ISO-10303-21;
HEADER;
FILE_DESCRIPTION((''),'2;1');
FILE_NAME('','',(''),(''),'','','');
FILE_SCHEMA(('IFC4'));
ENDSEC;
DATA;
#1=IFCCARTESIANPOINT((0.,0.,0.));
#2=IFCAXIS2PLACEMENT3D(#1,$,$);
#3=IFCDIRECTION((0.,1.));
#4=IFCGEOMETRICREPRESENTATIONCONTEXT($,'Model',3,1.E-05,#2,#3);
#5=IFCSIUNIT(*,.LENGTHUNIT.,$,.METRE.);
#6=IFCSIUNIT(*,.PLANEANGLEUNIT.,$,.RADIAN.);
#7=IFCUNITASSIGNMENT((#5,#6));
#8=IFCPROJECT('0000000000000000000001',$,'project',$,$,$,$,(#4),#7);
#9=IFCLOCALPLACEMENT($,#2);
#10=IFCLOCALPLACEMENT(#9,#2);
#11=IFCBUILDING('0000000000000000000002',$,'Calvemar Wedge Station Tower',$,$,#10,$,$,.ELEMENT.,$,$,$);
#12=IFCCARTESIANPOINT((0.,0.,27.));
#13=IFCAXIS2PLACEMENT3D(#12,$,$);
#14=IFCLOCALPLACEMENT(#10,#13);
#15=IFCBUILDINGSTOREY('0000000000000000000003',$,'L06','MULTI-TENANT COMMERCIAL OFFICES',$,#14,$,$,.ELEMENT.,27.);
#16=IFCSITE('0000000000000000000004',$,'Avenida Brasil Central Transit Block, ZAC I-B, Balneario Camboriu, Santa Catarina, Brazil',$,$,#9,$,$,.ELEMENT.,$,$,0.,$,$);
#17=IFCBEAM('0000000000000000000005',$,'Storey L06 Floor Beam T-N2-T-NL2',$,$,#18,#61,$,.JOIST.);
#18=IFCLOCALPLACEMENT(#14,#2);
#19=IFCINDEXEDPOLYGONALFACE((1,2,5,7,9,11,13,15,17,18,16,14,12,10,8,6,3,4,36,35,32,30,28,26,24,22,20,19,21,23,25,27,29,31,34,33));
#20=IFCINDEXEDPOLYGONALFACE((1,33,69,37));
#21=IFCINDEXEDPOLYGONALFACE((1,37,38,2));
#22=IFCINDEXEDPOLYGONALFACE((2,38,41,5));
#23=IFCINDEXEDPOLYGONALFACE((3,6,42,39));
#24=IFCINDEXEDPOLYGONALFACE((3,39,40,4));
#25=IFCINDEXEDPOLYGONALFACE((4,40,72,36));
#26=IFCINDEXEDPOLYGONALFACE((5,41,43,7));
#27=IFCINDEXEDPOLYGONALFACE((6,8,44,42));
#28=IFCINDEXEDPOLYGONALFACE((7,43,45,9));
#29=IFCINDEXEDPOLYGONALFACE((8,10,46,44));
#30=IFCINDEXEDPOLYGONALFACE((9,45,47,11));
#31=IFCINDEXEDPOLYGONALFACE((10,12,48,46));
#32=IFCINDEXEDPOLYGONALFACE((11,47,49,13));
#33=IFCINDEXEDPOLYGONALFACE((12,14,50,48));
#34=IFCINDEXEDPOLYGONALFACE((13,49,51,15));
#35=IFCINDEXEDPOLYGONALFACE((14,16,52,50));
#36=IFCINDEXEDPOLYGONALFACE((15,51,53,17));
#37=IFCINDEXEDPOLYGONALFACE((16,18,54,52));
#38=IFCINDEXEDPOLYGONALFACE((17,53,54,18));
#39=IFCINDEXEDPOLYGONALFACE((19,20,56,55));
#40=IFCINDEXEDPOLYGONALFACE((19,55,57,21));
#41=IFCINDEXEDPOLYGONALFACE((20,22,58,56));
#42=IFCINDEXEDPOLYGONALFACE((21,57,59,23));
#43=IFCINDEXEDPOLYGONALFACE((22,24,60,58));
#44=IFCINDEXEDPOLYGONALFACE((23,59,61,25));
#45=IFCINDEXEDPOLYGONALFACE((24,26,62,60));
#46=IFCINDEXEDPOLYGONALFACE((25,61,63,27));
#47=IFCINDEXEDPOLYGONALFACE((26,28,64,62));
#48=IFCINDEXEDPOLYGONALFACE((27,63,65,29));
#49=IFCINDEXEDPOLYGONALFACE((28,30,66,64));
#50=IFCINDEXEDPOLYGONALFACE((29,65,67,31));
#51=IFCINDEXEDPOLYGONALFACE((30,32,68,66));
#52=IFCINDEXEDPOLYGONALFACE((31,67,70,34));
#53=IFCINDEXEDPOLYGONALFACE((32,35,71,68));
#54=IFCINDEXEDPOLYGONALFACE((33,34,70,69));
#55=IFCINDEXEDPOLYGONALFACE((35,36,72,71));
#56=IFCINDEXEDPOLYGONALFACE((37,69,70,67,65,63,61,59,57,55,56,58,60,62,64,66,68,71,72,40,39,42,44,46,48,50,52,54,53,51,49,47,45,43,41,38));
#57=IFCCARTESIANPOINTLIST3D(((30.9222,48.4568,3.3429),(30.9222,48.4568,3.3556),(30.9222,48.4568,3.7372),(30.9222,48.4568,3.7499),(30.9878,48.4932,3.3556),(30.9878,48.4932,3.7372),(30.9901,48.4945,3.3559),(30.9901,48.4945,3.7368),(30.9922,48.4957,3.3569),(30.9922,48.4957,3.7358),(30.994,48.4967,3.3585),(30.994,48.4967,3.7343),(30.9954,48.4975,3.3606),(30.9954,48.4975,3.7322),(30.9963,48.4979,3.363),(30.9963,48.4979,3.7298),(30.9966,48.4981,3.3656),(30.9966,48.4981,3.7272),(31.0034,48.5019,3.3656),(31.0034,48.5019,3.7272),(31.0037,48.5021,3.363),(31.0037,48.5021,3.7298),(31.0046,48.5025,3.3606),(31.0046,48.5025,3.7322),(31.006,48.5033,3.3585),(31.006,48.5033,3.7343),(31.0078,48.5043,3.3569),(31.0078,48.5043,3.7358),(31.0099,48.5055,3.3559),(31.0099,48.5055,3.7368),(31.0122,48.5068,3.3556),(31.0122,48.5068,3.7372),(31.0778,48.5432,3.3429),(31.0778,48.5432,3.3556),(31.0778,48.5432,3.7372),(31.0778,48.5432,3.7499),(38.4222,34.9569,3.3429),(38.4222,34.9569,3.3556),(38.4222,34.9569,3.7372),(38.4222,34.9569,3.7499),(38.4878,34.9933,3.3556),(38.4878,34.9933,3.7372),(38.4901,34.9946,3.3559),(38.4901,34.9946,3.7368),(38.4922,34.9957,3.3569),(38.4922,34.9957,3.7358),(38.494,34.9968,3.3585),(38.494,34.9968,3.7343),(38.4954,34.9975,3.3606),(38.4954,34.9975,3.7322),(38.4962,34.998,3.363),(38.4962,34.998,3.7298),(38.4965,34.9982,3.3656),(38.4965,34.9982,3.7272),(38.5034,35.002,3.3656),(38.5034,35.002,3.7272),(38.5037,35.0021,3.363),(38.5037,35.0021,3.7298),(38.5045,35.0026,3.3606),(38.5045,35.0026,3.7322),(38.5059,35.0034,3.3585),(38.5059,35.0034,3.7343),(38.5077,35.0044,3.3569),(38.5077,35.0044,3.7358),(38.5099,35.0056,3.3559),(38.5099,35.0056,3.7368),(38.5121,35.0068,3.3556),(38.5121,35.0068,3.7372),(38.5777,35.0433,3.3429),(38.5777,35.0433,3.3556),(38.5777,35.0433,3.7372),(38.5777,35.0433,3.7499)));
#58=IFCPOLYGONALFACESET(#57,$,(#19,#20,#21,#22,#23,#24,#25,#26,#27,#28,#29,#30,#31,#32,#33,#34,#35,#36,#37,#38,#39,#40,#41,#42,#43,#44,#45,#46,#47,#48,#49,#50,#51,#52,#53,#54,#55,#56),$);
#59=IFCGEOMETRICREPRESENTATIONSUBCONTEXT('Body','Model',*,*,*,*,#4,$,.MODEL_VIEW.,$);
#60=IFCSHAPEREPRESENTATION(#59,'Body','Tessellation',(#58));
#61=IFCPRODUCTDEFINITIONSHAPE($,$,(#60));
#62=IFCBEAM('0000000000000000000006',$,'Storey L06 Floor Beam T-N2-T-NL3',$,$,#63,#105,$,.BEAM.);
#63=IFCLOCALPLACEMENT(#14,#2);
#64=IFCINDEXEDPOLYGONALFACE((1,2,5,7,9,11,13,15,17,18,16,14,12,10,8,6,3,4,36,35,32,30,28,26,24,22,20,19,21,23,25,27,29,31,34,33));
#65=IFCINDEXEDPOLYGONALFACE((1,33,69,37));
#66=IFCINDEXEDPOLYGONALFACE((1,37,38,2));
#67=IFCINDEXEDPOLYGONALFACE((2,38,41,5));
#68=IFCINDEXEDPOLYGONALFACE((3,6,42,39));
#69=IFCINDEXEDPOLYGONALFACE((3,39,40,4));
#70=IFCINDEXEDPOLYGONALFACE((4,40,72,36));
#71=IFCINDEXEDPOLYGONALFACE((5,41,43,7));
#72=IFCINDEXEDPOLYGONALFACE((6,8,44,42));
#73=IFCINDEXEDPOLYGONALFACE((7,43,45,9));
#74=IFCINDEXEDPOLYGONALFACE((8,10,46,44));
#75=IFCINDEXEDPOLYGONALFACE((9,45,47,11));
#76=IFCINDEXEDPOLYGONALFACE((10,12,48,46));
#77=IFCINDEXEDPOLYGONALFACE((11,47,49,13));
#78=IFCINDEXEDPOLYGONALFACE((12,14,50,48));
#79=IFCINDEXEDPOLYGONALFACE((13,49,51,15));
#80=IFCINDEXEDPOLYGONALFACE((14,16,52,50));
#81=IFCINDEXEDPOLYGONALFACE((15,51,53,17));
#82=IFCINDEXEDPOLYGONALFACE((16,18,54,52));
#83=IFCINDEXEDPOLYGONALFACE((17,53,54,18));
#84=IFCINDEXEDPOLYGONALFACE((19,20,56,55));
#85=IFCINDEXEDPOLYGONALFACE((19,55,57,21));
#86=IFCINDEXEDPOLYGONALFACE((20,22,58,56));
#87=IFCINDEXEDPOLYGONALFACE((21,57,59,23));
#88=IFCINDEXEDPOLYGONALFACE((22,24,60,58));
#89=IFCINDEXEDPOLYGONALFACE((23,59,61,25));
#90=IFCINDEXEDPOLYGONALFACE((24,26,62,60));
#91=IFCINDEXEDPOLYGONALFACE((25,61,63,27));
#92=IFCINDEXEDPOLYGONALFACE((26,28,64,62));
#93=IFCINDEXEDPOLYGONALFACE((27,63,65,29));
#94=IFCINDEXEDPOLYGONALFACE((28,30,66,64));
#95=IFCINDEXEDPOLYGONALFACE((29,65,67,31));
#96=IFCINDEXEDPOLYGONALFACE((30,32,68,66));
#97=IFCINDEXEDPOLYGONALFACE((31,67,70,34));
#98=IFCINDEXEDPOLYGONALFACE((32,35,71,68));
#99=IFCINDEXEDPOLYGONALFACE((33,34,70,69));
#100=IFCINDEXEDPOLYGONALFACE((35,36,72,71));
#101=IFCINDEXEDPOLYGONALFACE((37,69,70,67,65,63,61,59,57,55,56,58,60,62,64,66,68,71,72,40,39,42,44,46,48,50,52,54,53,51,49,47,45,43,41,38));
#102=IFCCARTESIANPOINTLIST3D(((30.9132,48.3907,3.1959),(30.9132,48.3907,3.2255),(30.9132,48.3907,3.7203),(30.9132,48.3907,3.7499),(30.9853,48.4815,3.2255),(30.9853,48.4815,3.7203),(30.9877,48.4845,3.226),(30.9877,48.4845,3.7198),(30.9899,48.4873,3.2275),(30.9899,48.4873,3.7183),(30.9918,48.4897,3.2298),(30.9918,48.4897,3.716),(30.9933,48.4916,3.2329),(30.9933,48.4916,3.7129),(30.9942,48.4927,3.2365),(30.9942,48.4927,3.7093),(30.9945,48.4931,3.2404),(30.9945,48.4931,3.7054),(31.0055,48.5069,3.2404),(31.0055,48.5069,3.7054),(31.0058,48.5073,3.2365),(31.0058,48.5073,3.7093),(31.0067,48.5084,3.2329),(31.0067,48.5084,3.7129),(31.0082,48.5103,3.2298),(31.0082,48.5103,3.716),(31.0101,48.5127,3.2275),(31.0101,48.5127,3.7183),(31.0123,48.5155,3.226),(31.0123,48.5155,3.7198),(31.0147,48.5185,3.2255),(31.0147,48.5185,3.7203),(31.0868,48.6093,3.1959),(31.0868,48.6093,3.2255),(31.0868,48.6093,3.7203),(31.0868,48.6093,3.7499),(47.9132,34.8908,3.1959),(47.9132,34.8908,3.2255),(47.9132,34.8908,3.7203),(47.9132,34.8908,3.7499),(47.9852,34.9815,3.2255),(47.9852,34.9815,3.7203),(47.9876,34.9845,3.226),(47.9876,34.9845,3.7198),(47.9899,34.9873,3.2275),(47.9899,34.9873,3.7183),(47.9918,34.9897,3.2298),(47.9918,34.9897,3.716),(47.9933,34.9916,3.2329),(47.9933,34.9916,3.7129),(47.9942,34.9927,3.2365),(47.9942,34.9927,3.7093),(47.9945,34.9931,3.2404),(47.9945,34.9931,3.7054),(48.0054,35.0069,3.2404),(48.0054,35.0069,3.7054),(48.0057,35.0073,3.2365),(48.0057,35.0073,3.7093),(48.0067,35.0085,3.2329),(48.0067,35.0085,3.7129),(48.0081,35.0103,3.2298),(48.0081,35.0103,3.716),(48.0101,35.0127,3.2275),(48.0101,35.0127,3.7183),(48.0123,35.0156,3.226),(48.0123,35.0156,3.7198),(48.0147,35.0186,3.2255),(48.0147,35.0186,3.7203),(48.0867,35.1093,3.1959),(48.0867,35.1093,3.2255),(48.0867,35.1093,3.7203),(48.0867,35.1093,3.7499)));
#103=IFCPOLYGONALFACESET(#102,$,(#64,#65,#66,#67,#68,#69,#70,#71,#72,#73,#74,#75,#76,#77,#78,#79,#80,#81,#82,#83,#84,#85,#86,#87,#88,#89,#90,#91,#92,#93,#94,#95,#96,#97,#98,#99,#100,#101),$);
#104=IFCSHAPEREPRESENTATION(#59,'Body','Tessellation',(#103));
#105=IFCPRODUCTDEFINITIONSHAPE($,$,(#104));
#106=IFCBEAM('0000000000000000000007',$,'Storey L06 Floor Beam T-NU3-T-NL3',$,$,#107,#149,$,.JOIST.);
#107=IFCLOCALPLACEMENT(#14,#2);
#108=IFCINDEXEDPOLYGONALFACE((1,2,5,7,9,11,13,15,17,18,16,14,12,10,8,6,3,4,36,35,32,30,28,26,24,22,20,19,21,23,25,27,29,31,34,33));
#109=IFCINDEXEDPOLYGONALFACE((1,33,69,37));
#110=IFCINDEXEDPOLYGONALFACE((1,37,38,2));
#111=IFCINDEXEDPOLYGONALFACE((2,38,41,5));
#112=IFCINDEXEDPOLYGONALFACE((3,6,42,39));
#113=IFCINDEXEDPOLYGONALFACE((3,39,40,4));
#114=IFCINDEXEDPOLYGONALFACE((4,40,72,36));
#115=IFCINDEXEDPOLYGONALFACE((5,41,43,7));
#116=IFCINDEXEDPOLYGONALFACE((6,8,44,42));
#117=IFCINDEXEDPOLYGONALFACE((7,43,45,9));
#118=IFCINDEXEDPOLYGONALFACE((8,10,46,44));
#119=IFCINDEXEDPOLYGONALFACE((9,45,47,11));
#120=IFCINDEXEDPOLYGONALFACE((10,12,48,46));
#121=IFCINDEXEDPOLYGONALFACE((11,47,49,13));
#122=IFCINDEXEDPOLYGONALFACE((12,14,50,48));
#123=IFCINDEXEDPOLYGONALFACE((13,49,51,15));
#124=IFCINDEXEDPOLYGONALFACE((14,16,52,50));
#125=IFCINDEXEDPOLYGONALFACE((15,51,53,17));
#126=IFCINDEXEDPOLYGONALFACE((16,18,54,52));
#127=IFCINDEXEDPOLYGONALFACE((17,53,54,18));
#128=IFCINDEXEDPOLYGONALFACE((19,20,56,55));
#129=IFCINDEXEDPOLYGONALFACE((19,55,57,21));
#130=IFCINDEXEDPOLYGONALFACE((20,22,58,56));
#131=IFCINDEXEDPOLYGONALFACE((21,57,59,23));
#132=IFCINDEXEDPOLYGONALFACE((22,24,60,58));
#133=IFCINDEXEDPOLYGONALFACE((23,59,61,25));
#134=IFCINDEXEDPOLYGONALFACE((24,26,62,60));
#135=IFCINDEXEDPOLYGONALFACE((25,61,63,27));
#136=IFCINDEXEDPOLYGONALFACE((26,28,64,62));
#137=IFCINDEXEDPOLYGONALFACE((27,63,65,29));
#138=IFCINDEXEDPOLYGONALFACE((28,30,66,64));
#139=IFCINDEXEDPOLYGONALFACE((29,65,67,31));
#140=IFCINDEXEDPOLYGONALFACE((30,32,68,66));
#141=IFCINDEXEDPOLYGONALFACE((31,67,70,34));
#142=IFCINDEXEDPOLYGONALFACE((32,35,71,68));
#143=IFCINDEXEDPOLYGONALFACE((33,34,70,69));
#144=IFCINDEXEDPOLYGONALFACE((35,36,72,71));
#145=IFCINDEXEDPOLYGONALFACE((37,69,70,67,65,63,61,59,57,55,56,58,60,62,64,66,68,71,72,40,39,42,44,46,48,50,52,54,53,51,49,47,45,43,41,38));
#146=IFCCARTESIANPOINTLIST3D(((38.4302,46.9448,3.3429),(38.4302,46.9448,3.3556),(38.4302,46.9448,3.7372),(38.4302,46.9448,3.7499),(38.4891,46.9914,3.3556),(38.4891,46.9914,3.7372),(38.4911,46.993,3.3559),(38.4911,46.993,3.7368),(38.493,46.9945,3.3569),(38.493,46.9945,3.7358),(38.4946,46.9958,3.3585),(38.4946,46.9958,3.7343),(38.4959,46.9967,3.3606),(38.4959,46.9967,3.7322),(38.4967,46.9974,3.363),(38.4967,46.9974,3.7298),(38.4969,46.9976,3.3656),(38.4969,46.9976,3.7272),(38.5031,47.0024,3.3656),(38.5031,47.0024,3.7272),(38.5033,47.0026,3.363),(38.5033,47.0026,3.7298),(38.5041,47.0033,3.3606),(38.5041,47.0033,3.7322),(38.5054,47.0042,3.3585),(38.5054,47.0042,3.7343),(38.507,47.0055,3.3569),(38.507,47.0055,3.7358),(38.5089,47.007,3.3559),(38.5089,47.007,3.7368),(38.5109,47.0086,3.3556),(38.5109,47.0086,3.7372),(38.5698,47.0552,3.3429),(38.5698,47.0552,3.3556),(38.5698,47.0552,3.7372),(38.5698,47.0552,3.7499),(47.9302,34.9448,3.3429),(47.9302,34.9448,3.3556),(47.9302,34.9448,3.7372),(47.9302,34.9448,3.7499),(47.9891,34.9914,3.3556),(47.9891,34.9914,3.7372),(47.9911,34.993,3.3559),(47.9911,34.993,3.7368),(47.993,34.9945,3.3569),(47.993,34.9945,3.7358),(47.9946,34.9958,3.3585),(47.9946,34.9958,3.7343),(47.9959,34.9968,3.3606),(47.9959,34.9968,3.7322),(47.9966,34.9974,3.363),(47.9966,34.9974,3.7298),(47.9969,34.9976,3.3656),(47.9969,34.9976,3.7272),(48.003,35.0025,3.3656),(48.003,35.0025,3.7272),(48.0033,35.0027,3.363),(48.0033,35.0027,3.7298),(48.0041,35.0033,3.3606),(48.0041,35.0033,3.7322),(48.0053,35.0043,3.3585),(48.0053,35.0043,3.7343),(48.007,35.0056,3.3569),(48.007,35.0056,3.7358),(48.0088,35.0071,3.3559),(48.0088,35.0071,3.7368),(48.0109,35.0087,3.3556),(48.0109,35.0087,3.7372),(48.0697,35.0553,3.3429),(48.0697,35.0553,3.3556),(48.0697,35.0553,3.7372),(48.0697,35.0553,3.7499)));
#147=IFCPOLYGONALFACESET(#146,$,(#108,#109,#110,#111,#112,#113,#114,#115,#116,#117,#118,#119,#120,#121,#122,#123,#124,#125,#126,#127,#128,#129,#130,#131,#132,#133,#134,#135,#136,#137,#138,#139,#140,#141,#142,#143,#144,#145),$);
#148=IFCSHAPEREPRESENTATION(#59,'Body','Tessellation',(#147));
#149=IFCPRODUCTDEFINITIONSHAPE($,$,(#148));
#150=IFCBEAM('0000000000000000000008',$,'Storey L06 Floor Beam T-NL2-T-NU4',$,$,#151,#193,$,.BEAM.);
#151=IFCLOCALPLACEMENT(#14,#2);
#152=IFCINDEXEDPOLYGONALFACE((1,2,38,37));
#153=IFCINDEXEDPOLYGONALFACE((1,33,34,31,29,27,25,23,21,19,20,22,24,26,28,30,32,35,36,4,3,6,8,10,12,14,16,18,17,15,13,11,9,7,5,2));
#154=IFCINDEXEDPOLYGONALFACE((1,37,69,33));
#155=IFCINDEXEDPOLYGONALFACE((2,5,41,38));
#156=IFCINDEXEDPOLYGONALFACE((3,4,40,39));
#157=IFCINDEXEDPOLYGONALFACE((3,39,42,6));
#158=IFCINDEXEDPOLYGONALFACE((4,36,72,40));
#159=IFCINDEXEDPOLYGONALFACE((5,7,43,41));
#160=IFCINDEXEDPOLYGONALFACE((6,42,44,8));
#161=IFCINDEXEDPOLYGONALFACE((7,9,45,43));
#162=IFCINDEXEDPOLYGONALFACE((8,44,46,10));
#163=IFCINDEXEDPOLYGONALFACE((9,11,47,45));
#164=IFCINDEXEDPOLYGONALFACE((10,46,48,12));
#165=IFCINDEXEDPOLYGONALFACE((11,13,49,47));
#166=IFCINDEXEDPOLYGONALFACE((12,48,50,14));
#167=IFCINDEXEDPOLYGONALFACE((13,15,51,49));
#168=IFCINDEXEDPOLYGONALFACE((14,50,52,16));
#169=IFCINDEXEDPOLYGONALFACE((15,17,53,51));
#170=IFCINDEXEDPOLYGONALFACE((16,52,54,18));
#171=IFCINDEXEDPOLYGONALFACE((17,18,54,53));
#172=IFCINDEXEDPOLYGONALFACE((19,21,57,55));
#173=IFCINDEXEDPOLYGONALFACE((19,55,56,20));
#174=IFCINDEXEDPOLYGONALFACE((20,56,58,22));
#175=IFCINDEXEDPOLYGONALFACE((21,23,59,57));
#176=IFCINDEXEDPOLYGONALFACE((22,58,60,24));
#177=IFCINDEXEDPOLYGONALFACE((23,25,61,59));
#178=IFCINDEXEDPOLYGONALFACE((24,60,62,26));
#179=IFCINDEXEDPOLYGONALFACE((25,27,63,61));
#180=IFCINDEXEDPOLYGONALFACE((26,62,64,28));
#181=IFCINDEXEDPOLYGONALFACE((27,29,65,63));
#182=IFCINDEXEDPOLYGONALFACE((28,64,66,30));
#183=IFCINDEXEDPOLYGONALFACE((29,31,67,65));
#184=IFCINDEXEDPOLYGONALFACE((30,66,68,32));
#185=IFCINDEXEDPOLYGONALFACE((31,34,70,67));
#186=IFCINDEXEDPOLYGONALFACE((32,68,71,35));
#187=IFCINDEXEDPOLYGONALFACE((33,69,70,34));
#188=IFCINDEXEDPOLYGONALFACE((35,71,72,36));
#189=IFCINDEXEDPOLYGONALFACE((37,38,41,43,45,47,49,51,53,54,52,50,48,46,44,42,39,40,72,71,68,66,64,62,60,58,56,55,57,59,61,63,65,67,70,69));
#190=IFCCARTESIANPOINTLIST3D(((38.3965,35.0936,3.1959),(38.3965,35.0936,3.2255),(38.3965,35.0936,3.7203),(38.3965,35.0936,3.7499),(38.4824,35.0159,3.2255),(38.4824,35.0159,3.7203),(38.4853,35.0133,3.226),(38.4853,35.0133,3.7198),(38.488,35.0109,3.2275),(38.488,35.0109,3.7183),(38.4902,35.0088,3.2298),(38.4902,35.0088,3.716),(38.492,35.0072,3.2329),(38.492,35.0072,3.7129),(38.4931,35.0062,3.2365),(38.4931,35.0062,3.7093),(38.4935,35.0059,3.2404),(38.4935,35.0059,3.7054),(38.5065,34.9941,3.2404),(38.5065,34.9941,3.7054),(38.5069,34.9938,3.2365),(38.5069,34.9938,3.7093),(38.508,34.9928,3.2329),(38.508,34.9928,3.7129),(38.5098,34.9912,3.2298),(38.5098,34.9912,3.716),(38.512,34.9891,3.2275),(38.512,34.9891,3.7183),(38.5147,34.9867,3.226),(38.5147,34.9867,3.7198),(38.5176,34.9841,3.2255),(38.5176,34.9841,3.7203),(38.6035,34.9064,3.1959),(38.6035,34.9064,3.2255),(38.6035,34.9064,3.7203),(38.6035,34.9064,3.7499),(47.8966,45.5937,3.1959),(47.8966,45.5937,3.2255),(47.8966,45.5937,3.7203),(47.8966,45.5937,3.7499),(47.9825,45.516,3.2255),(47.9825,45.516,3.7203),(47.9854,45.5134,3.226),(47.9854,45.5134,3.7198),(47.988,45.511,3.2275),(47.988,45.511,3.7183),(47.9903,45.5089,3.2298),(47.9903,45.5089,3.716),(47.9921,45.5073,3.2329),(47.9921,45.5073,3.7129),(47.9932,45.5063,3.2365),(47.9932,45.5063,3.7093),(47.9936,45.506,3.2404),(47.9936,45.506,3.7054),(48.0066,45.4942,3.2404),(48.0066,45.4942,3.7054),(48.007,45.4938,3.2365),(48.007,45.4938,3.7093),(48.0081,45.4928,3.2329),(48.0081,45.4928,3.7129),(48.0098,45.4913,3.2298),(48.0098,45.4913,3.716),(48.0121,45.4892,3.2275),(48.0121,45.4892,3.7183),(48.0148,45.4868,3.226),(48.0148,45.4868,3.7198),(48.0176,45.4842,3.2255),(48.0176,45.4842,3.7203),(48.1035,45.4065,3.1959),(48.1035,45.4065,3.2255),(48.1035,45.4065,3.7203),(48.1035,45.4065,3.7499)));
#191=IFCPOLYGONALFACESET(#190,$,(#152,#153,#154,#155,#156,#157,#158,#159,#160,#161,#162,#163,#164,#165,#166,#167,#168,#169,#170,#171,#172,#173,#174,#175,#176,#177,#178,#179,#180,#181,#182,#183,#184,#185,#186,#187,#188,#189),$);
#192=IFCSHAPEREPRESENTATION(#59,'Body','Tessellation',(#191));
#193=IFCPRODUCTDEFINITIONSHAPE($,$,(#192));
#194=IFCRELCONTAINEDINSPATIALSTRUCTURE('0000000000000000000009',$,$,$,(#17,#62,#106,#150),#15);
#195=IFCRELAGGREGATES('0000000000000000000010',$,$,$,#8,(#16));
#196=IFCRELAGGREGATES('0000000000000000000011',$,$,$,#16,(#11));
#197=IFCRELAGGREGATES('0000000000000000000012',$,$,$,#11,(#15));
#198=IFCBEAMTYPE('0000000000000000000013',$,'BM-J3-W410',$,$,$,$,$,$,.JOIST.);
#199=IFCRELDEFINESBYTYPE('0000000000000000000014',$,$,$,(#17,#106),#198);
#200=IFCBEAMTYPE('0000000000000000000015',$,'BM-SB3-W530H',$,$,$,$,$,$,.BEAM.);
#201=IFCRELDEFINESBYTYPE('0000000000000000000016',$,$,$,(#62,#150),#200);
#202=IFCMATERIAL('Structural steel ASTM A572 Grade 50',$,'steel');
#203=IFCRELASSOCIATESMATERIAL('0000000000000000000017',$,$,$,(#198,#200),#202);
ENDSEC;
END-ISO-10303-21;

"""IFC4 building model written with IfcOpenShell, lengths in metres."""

from ifc_helpers import new_model, si_unit, direction, frame, origin, origin_2d, place, context, subcontext, project, spatial, i_section, extrude, source, transform, mapped, material, material_profile, profile_set, type_object, element, save


model = new_model("IFC4")

# Units and contexts
model_context = context("Model", 3, precision=1e-05, world=origin(), true_north=direction((0.0, 1.0)))
body_context = subcontext(model_context, "Body", "Model", "MODEL_VIEW")
ifc_project = project(units=[si_unit("LENGTHUNIT", "METRE"), si_unit("PLANEANGLEUNIT", "RADIAN")], contexts=[model_context])

# Site, building, storey
site_placement = place(None, origin())
site = spatial("IfcSite", under=ifc_project, at=site_placement, Name="Avenida Brasil Central Transit Block, ZAC I-B, Balneario Camboriu, Santa Catarina, Brazil", CompositionType="ELEMENT", RefElevation=0.0)
building_placement = place(site_placement, origin())
building = spatial("IfcBuilding", under=site, at=building_placement, Name="Calvemar Wedge Station Tower", CompositionType="ELEMENT")
storey_placement = place(building_placement, frame((0.0, 0.0, 27.0)))
storey = spatial("IfcBuildingStorey", under=building, at=storey_placement, Name="L06", Description="MULTI-TENANT COMMERCIAL OFFICES", CompositionType="ELEMENT", Elevation=27.0)

# Beams
ifc_material_1 = material(Name="Structural steel ASTM A572 Grade 50", Category="steel")
ifc_material_profile_1 = material_profile(ifc_material_1, i_section(OverallWidth=0.178, OverallDepth=0.407, WebThickness=0.0078, FlangeThickness=0.0127, FilletRadius=0.01, at=origin_2d()), Name="W410x60")
ifc_profile_set_1 = profile_set([ifc_material_profile_1], Name="Structural steel ASTM A572 Grade 50")
beam_type_1 = type_object("IfcBeamType", Name="BM-J3-W410", PredefinedType="JOIST", material=ifc_profile_set_1)
shared_shape_1 = source(origin(), body_context, "Body", "SweptSolid", [
    extrude(i_section(OverallWidth=0.178, OverallDepth=0.407, WebThickness=0.0078, FlangeThickness=0.0127, FilletRadius=0.01, at=origin_2d()), origin(), (0.0, 0.0, 1.0), 15.4434),
])
beam_1_placement = place(storey_placement, frame((31.0, 48.5, 3.5464), z_axis=(0.485643, -0.874157, 0.0), x_axis=(0.874157, 0.485643, 0.0)))
element("IfcBeam", 1, at=beam_1_placement, inside=storey, type_object=beam_type_1, Name="Storey L06 Floor Beam T-N2-T-NL2", PredefinedType="JOIST", context=body_context, shape_type="MappedRepresentation", body=[
    mapped(shared_shape_1, transform((0.0, 0.0, 0.0), scale=1.0)),
])
ifc_material_profile_2 = material_profile(ifc_material_1, i_section(OverallWidth=0.2791, OverallDepth=0.554, WebThickness=0.0176, FlangeThickness=0.0295, FilletRadius=0.0149, at=origin_2d()), Name="W530x196")
ifc_profile_set_2 = profile_set([ifc_material_profile_2], Name="Structural steel ASTM A572 Grade 50")
beam_type_2 = type_object("IfcBeamType", Name="BM-SB3-W530H", PredefinedType="BEAM", material=ifc_profile_set_2)
shared_shape_2 = source(origin(), body_context, "Body", "SweptSolid", [
    extrude(i_section(OverallWidth=0.2791, OverallDepth=0.554, WebThickness=0.0176, FlangeThickness=0.0295, FilletRadius=0.0149, at=origin_2d()), origin(), (0.0, 0.0, 1.0), 21.7083),
])
beam_2_placement = place(storey_placement, frame((31.0, 48.5, 3.4729), z_axis=(0.783111, -0.621882, 0.0), x_axis=(0.621882, 0.783111, 0.0)))
element("IfcBeam", 2, at=beam_2_placement, inside=storey, type_object=beam_type_2, Name="Storey L06 Floor Beam T-N2-T-NL3", PredefinedType="BEAM", context=body_context, shape_type="MappedRepresentation", body=[
    mapped(shared_shape_2, transform((0.0, 0.0, 0.0), scale=1.0)),
])
shared_shape_3 = source(origin(), body_context, "Body", "SweptSolid", [
    extrude(i_section(OverallWidth=0.178, OverallDepth=0.407, WebThickness=0.0078, FlangeThickness=0.0127, FilletRadius=0.01, at=origin_2d()), origin(), (0.0, 0.0, 1.0), 15.3052),
])
beam_3_placement = place(storey_placement, frame((38.5, 47.0, 3.5464), z_axis=(0.620703, -0.784046, 0.0), x_axis=(0.784046, 0.620703, 0.0)))
element("IfcBeam", 3, at=beam_3_placement, inside=storey, type_object=beam_type_1, Name="Storey L06 Floor Beam T-NU3-T-NL3", PredefinedType="JOIST", context=body_context, shape_type="MappedRepresentation", body=[
    mapped(shared_shape_3, transform((0.0, 0.0, 0.0), scale=1.0)),
])
shared_shape_4 = source(origin(), body_context, "Body", "SweptSolid", [
    extrude(i_section(OverallWidth=0.2791, OverallDepth=0.554, WebThickness=0.0176, FlangeThickness=0.0295, FilletRadius=0.0149, at=origin_2d()), origin(), (0.0, 0.0, 1.0), 14.1599),
])
beam_4_placement = place(storey_placement, frame((38.5, 35.0, 3.4729), z_axis=(0.670913, 0.741536, 0.0), x_axis=(-0.741536, 0.670913, 0.0)))
element("IfcBeam", 4, at=beam_4_placement, inside=storey, type_object=beam_type_2, Name="Storey L06 Floor Beam T-NL2-T-NU4", PredefinedType="BEAM", context=body_context, shape_type="MappedRepresentation", body=[
    mapped(shared_shape_4, transform((0.0, 0.0, 0.0), scale=1.0)),
])

save(model, "model.ifc")
